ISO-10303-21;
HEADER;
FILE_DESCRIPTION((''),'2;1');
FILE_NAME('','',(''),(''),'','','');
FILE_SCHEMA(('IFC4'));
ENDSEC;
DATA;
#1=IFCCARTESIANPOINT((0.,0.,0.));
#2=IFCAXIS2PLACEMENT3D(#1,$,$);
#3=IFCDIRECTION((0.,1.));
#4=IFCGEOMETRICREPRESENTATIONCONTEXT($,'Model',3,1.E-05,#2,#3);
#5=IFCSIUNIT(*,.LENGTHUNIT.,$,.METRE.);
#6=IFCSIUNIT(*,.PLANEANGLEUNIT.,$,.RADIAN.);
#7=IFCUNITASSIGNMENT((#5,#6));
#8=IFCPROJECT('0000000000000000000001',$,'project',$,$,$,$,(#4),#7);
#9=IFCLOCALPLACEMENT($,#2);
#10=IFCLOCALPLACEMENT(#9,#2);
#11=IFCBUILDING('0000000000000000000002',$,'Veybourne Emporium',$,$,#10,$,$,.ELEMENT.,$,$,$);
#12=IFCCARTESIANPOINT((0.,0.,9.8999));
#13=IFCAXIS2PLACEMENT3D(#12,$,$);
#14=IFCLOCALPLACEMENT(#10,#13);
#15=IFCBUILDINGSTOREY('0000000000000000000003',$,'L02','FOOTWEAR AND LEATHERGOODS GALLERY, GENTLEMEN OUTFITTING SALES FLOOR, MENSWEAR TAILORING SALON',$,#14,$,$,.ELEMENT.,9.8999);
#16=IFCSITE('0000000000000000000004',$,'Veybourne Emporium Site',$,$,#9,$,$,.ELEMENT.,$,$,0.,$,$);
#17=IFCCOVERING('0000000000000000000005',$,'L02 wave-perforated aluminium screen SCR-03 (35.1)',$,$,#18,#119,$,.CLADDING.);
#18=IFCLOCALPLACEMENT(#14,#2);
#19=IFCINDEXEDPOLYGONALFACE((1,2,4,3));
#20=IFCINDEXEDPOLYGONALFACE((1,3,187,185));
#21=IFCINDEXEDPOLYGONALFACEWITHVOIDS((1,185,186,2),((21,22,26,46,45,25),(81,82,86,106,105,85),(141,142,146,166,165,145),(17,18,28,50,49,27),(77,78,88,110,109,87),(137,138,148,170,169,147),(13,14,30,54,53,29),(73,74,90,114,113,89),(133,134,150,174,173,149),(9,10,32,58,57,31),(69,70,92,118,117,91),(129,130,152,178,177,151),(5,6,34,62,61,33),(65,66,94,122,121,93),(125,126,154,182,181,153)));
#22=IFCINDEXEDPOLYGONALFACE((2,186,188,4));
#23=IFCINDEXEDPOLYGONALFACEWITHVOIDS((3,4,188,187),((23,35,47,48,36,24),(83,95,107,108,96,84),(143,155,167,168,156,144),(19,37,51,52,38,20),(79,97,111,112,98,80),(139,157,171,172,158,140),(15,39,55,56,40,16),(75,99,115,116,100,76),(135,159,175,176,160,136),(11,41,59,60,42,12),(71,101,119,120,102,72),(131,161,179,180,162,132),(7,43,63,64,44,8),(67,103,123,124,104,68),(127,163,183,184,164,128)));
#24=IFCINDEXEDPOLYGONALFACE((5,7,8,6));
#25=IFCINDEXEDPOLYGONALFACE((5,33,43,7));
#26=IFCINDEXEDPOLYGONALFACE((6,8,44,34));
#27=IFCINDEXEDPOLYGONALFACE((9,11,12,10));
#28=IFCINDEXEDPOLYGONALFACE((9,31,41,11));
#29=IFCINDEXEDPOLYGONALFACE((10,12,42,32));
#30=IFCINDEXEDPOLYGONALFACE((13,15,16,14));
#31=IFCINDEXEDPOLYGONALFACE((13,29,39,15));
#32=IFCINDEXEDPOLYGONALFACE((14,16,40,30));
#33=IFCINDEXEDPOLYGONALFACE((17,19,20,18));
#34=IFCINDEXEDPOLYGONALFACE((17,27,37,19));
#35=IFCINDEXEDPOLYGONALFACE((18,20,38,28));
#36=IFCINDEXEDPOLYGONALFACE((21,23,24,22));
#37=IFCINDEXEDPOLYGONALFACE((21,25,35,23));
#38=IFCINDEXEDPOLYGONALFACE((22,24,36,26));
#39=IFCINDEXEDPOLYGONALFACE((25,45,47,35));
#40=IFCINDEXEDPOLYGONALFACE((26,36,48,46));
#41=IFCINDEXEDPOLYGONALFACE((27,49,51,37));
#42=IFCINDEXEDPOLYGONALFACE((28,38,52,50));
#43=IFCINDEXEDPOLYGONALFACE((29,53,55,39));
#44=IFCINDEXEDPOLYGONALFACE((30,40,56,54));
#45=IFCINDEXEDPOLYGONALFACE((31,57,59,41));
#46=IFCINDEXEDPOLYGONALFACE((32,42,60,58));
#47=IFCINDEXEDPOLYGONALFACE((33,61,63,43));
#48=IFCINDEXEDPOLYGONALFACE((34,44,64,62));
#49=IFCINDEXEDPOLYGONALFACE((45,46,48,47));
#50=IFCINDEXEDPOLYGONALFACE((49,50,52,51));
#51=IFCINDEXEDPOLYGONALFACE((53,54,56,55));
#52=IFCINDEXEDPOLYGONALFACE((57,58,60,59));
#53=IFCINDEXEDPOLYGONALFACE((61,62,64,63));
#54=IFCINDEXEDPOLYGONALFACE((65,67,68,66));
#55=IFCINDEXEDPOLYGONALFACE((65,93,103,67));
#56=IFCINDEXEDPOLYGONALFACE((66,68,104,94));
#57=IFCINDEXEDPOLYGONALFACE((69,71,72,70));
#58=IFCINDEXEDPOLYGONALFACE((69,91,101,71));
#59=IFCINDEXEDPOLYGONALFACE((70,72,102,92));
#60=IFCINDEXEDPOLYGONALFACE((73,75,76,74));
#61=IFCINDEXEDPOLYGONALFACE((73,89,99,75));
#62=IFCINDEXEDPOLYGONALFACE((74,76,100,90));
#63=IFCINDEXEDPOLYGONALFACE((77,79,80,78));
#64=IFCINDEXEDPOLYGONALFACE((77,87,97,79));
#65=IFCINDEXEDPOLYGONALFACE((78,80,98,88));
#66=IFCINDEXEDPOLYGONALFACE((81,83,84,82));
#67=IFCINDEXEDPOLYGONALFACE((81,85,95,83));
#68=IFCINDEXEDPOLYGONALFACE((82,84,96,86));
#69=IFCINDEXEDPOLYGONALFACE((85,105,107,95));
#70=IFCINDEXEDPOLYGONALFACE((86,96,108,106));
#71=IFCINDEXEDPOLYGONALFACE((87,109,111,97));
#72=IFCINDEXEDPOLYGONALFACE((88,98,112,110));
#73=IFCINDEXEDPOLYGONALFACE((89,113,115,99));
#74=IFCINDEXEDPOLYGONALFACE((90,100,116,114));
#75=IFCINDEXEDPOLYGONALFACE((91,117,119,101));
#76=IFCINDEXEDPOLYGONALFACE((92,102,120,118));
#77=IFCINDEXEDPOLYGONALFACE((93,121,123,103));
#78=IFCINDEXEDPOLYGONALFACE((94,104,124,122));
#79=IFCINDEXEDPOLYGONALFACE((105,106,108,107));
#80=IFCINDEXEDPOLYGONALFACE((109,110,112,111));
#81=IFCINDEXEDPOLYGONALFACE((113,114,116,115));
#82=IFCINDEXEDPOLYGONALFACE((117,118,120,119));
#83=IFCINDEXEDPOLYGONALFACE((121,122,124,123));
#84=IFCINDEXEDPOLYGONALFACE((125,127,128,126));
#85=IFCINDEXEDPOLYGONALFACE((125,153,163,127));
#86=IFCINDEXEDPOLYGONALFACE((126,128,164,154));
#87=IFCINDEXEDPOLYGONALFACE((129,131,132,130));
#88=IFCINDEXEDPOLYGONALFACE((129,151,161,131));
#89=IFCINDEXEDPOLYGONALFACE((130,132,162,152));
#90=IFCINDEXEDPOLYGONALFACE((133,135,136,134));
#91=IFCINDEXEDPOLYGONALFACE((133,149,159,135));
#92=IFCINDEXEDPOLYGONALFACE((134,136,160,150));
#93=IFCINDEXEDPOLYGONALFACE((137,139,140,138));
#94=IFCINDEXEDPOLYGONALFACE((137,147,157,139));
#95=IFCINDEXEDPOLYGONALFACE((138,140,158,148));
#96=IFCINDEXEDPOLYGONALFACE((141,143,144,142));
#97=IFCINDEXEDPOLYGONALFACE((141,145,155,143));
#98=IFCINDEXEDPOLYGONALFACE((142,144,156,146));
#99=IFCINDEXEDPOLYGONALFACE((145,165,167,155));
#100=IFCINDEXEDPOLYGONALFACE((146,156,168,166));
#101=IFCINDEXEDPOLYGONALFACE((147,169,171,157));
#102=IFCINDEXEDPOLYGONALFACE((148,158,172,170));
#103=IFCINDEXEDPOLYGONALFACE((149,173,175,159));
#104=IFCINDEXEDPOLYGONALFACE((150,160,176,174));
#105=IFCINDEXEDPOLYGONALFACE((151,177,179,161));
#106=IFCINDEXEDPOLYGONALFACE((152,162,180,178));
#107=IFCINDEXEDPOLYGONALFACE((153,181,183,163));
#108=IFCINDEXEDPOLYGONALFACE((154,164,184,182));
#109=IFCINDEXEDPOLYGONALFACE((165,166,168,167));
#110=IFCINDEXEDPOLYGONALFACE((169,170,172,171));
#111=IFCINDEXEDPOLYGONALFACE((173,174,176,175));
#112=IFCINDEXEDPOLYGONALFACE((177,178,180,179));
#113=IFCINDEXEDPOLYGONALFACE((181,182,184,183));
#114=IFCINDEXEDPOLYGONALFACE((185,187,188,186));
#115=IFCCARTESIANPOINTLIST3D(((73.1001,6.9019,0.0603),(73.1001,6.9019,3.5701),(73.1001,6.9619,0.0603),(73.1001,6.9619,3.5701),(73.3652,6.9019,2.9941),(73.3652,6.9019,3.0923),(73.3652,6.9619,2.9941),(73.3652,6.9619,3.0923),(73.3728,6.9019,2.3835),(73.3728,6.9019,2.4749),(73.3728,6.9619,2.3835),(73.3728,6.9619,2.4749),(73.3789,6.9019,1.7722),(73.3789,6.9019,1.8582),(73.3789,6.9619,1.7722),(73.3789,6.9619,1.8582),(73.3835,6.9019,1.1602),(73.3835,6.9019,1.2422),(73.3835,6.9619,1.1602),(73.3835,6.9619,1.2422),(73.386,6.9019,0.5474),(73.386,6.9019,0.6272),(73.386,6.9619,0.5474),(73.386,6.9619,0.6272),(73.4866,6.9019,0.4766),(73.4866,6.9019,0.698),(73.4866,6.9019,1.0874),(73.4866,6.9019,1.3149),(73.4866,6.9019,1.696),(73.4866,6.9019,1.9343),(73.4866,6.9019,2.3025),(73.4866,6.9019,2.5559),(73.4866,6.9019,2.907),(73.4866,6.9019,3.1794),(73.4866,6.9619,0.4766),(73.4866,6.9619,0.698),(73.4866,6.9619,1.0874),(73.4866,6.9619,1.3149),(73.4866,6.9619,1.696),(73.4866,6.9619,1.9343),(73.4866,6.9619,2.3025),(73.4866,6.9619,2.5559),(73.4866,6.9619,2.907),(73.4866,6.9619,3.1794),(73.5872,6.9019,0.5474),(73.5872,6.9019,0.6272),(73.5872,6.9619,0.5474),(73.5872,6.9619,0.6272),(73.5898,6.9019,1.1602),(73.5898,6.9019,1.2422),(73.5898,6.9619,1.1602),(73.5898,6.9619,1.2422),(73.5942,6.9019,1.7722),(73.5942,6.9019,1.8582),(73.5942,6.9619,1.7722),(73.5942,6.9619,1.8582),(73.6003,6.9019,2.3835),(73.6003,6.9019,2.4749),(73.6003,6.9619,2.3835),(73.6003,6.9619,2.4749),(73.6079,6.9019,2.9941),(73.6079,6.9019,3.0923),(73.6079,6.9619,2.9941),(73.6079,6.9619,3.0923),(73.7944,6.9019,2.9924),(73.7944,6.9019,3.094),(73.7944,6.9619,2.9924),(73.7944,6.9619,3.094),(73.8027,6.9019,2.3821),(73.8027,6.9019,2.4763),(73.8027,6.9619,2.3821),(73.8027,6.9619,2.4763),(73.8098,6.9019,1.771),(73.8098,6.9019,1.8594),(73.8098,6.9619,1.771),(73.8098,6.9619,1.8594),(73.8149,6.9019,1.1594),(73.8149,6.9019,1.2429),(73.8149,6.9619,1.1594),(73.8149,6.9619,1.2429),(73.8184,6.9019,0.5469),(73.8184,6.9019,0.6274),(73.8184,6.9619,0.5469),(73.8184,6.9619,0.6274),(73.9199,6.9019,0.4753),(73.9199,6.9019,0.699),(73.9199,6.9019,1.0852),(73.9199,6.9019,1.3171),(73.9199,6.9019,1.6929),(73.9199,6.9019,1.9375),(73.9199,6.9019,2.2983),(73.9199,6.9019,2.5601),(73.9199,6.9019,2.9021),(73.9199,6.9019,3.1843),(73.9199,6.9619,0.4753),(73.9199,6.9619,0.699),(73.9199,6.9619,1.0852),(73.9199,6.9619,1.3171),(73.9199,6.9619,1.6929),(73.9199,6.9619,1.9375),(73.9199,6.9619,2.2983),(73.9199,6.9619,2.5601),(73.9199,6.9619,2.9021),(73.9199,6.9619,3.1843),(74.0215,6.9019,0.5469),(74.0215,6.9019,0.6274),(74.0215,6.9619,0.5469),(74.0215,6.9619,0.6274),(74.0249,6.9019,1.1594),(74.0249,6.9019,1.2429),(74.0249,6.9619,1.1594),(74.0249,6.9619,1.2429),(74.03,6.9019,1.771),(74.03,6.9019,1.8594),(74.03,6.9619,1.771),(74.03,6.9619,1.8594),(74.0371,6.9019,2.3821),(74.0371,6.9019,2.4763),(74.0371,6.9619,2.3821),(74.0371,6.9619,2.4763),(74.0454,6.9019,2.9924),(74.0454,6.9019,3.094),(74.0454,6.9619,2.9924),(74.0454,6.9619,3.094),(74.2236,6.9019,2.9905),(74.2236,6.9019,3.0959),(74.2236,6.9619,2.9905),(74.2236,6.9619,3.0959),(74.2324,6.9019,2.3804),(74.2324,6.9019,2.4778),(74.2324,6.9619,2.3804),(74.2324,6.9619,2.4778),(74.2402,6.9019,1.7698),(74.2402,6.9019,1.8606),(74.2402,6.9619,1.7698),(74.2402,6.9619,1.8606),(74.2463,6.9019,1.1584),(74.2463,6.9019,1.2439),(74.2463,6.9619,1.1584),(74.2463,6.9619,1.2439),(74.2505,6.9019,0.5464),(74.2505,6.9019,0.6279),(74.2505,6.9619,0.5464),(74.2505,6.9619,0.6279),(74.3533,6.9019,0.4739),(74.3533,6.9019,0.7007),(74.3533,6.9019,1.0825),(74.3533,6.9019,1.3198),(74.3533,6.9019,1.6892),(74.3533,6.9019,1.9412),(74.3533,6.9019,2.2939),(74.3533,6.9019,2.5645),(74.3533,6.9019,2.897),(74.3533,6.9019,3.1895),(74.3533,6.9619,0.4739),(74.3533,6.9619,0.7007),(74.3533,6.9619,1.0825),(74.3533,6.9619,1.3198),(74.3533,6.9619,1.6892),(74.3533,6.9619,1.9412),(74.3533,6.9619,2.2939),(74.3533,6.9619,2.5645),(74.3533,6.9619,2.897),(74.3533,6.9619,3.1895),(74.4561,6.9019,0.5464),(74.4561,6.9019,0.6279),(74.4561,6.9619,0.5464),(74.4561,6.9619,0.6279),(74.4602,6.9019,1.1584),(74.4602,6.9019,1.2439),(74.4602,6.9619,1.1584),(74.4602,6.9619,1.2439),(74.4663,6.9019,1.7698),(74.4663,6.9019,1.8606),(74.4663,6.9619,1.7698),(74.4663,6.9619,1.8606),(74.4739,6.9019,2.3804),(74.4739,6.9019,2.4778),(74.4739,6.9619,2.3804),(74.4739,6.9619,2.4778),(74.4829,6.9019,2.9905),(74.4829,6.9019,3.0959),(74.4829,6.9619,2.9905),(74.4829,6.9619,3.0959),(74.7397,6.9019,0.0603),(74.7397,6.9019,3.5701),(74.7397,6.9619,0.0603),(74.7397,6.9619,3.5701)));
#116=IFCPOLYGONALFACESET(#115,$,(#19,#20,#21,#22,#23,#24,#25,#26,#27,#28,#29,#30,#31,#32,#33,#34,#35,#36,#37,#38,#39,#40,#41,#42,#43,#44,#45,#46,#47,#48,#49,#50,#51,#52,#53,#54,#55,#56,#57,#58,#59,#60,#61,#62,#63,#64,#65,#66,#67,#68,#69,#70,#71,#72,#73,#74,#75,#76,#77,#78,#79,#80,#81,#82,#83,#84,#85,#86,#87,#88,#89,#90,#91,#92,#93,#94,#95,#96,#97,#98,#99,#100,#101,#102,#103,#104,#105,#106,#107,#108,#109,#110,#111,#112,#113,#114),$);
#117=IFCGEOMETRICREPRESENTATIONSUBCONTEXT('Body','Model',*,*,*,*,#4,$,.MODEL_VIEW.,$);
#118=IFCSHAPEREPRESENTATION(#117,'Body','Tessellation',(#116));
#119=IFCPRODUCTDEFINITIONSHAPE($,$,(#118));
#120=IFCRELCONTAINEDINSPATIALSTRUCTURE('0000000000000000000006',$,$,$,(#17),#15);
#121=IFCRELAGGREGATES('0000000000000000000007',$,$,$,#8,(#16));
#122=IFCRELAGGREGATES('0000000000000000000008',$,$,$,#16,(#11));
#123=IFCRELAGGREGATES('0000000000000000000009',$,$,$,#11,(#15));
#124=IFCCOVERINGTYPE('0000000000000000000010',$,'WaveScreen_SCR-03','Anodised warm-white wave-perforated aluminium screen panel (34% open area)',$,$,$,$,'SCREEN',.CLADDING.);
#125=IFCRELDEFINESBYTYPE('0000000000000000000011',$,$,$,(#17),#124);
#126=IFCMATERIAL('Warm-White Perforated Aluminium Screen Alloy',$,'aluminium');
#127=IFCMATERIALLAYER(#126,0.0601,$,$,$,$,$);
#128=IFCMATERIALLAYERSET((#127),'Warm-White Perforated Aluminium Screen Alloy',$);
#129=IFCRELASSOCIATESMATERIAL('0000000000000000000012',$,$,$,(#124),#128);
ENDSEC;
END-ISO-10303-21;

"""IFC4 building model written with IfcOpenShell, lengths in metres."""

from ifc_helpers import new_model, si_unit, direction, frame, origin, place, context, subcontext, project, spatial, polyline, outline, extrude, material, layer, layer_set, type_object, element, save


model = new_model("IFC4")

# Units and contexts
model_context = context("Model", 3, precision=1e-05, world=origin(), true_north=direction((0.0, 1.0)))
body_context = subcontext(model_context, "Body", "Model", "MODEL_VIEW")
ifc_project = project(units=[si_unit("LENGTHUNIT", "METRE"), si_unit("PLANEANGLEUNIT", "RADIAN")], contexts=[model_context])

# Site, building, storey
site_placement = place(None, origin())
site = spatial("IfcSite", under=ifc_project, at=site_placement, Name="Veybourne Emporium Site", CompositionType="ELEMENT", RefElevation=0.0)
building_placement = place(site_placement, origin())
building = spatial("IfcBuilding", under=site, at=building_placement, Name="Veybourne Emporium", CompositionType="ELEMENT")
storey_placement = place(building_placement, frame((0.0, 0.0, 9.8999)))
storey = spatial("IfcBuildingStorey", under=building, at=storey_placement, Name="L02", Description="FOOTWEAR AND LEATHERGOODS GALLERY, GENTLEMEN OUTFITTING SALES FLOOR, MENSWEAR TAILORING SALON", CompositionType="ELEMENT", Elevation=9.8999)

# Covering
ifc_material_1 = material(Name="Warm-White Perforated Aluminium Screen Alloy", Category="aluminium")
ifc_layer_1 = layer(ifc_material_1, 0.0601)
ifc_layer_set_1 = layer_set([ifc_layer_1], Name="Warm-White Perforated Aluminium Screen Alloy")
covering_type_1 = type_object("IfcCoveringType", Name="WaveScreen_SCR-03", Description="Anodised warm-white wave-perforated aluminium screen panel (34% open area)", ElementType="SCREEN", PredefinedType="CLADDING", material=ifc_layer_set_1)
covering_1_placement = place(storey_placement, frame((73.9199, 6.9019, 1.8152), z_axis=(0.0, 1.0, 0.0), x_axis=(-1.0, 0.0, 0.0)))
element("IfcCovering", 1, at=covering_1_placement, inside=storey, type_object=covering_type_1, Name="L02 wave-perforated aluminium screen SCR-03 (35.1)", PredefinedType="CLADDING", context=body_context, shape_type="SweptSolid", body=[
    extrude(outline(polyline([(-0.8198, -1.7549), (0.8198, -1.7549), (0.8198, 1.7549), (-0.8198, 1.7549), (-0.8198, -1.7549)]), holes=[polyline([(-0.4333, -1.1145), (-0.3306, -1.1873), (-0.3306, -1.2688), (-0.4333, -1.3413), (-0.5361, -1.2688), (-0.5361, -1.1873), (-0.4333, -1.1145)]), polyline([(-0.4333, -0.4954), (-0.3264, -0.5713), (-0.3264, -0.6567), (-0.4333, -0.7327), (-0.5403, -0.6567), (-0.5403, -0.5713), (-0.4333, -0.4954)]), polyline([(-0.4333, 0.126), (-0.3203, 0.0454), (-0.3203, -0.0454), (-0.4333, -0.126), (-0.5464, -0.0454), (-0.5464, 0.0454), (-0.4333, 0.126)]), polyline([(-0.4333, 0.7493), (-0.3125, 0.6626), (-0.3125, 0.5652), (-0.4333, 0.4788), (-0.554, 0.5652), (-0.554, 0.6626), (-0.4333, 0.7493)]), polyline([(-0.4333, 1.3743), (-0.3037, 1.2808), (-0.3037, 1.1753), (-0.4333, 1.0818), (-0.563, 1.1753), (-0.563, 1.2808), (-0.4333, 1.3743)]), polyline([(0.0, -1.1162), (0.1016, -1.1877), (0.1016, -1.2683), (0.0, -1.3398), (-0.1016, -1.2683), (-0.1016, -1.1877), (0.0, -1.1162)]), polyline([(0.0, -0.498), (0.105, -0.5723), (0.105, -0.6558), (0.0, -0.73), (-0.105, -0.6558), (-0.105, -0.5723), (0.0, -0.498)]), polyline([(0.0, 0.1223), (0.1101, 0.0442), (0.1101, -0.0442), (0.0, -0.1223), (-0.1101, -0.0442), (-0.1101, 0.0442), (0.0, 0.1223)]), polyline([(0.0, 0.7449), (0.1172, 0.6611), (0.1172, 0.5669), (0.0, 0.4832), (-0.1172, 0.5669), (-0.1172, 0.6611), (0.0, 0.7449)]), polyline([(0.0, 1.3691), (0.1255, 1.2788), (0.1255, 1.1772), (0.0, 1.0869), (-0.1255, 1.1772), (-0.1255, 1.2788), (0.0, 1.3691)]), polyline([(0.4333, -1.1172), (0.5339, -1.188), (0.5339, -1.2678), (0.4333, -1.3386), (0.3328, -1.2678), (0.3328, -1.188), (0.4333, -1.1172)]), polyline([(0.4333, -0.5002), (0.5364, -0.573), (0.5364, -0.655), (0.4333, -0.7278), (0.3301, -0.655), (0.3301, -0.573), (0.4333, -0.5002)]), polyline([(0.4333, 0.1191), (0.541, 0.043), (0.541, -0.043), (0.4333, -0.1191), (0.3257, -0.043), (0.3257, 0.043), (0.4333, 0.1191)]), polyline([(0.4333, 0.7407), (0.5471, 0.6597), (0.5471, 0.5684), (0.4333, 0.4873), (0.3196, 0.5684), (0.3196, 0.6597), (0.4333, 0.7407)]), polyline([(0.4333, 1.3643), (0.5547, 1.2771), (0.5547, 1.179), (0.4333, 1.0918), (0.312, 1.179), (0.312, 1.2771), (0.4333, 1.3643)])]), origin(), (0.0, 0.0, 1.0), 0.0601),
])

save(model, "model.ifc")
